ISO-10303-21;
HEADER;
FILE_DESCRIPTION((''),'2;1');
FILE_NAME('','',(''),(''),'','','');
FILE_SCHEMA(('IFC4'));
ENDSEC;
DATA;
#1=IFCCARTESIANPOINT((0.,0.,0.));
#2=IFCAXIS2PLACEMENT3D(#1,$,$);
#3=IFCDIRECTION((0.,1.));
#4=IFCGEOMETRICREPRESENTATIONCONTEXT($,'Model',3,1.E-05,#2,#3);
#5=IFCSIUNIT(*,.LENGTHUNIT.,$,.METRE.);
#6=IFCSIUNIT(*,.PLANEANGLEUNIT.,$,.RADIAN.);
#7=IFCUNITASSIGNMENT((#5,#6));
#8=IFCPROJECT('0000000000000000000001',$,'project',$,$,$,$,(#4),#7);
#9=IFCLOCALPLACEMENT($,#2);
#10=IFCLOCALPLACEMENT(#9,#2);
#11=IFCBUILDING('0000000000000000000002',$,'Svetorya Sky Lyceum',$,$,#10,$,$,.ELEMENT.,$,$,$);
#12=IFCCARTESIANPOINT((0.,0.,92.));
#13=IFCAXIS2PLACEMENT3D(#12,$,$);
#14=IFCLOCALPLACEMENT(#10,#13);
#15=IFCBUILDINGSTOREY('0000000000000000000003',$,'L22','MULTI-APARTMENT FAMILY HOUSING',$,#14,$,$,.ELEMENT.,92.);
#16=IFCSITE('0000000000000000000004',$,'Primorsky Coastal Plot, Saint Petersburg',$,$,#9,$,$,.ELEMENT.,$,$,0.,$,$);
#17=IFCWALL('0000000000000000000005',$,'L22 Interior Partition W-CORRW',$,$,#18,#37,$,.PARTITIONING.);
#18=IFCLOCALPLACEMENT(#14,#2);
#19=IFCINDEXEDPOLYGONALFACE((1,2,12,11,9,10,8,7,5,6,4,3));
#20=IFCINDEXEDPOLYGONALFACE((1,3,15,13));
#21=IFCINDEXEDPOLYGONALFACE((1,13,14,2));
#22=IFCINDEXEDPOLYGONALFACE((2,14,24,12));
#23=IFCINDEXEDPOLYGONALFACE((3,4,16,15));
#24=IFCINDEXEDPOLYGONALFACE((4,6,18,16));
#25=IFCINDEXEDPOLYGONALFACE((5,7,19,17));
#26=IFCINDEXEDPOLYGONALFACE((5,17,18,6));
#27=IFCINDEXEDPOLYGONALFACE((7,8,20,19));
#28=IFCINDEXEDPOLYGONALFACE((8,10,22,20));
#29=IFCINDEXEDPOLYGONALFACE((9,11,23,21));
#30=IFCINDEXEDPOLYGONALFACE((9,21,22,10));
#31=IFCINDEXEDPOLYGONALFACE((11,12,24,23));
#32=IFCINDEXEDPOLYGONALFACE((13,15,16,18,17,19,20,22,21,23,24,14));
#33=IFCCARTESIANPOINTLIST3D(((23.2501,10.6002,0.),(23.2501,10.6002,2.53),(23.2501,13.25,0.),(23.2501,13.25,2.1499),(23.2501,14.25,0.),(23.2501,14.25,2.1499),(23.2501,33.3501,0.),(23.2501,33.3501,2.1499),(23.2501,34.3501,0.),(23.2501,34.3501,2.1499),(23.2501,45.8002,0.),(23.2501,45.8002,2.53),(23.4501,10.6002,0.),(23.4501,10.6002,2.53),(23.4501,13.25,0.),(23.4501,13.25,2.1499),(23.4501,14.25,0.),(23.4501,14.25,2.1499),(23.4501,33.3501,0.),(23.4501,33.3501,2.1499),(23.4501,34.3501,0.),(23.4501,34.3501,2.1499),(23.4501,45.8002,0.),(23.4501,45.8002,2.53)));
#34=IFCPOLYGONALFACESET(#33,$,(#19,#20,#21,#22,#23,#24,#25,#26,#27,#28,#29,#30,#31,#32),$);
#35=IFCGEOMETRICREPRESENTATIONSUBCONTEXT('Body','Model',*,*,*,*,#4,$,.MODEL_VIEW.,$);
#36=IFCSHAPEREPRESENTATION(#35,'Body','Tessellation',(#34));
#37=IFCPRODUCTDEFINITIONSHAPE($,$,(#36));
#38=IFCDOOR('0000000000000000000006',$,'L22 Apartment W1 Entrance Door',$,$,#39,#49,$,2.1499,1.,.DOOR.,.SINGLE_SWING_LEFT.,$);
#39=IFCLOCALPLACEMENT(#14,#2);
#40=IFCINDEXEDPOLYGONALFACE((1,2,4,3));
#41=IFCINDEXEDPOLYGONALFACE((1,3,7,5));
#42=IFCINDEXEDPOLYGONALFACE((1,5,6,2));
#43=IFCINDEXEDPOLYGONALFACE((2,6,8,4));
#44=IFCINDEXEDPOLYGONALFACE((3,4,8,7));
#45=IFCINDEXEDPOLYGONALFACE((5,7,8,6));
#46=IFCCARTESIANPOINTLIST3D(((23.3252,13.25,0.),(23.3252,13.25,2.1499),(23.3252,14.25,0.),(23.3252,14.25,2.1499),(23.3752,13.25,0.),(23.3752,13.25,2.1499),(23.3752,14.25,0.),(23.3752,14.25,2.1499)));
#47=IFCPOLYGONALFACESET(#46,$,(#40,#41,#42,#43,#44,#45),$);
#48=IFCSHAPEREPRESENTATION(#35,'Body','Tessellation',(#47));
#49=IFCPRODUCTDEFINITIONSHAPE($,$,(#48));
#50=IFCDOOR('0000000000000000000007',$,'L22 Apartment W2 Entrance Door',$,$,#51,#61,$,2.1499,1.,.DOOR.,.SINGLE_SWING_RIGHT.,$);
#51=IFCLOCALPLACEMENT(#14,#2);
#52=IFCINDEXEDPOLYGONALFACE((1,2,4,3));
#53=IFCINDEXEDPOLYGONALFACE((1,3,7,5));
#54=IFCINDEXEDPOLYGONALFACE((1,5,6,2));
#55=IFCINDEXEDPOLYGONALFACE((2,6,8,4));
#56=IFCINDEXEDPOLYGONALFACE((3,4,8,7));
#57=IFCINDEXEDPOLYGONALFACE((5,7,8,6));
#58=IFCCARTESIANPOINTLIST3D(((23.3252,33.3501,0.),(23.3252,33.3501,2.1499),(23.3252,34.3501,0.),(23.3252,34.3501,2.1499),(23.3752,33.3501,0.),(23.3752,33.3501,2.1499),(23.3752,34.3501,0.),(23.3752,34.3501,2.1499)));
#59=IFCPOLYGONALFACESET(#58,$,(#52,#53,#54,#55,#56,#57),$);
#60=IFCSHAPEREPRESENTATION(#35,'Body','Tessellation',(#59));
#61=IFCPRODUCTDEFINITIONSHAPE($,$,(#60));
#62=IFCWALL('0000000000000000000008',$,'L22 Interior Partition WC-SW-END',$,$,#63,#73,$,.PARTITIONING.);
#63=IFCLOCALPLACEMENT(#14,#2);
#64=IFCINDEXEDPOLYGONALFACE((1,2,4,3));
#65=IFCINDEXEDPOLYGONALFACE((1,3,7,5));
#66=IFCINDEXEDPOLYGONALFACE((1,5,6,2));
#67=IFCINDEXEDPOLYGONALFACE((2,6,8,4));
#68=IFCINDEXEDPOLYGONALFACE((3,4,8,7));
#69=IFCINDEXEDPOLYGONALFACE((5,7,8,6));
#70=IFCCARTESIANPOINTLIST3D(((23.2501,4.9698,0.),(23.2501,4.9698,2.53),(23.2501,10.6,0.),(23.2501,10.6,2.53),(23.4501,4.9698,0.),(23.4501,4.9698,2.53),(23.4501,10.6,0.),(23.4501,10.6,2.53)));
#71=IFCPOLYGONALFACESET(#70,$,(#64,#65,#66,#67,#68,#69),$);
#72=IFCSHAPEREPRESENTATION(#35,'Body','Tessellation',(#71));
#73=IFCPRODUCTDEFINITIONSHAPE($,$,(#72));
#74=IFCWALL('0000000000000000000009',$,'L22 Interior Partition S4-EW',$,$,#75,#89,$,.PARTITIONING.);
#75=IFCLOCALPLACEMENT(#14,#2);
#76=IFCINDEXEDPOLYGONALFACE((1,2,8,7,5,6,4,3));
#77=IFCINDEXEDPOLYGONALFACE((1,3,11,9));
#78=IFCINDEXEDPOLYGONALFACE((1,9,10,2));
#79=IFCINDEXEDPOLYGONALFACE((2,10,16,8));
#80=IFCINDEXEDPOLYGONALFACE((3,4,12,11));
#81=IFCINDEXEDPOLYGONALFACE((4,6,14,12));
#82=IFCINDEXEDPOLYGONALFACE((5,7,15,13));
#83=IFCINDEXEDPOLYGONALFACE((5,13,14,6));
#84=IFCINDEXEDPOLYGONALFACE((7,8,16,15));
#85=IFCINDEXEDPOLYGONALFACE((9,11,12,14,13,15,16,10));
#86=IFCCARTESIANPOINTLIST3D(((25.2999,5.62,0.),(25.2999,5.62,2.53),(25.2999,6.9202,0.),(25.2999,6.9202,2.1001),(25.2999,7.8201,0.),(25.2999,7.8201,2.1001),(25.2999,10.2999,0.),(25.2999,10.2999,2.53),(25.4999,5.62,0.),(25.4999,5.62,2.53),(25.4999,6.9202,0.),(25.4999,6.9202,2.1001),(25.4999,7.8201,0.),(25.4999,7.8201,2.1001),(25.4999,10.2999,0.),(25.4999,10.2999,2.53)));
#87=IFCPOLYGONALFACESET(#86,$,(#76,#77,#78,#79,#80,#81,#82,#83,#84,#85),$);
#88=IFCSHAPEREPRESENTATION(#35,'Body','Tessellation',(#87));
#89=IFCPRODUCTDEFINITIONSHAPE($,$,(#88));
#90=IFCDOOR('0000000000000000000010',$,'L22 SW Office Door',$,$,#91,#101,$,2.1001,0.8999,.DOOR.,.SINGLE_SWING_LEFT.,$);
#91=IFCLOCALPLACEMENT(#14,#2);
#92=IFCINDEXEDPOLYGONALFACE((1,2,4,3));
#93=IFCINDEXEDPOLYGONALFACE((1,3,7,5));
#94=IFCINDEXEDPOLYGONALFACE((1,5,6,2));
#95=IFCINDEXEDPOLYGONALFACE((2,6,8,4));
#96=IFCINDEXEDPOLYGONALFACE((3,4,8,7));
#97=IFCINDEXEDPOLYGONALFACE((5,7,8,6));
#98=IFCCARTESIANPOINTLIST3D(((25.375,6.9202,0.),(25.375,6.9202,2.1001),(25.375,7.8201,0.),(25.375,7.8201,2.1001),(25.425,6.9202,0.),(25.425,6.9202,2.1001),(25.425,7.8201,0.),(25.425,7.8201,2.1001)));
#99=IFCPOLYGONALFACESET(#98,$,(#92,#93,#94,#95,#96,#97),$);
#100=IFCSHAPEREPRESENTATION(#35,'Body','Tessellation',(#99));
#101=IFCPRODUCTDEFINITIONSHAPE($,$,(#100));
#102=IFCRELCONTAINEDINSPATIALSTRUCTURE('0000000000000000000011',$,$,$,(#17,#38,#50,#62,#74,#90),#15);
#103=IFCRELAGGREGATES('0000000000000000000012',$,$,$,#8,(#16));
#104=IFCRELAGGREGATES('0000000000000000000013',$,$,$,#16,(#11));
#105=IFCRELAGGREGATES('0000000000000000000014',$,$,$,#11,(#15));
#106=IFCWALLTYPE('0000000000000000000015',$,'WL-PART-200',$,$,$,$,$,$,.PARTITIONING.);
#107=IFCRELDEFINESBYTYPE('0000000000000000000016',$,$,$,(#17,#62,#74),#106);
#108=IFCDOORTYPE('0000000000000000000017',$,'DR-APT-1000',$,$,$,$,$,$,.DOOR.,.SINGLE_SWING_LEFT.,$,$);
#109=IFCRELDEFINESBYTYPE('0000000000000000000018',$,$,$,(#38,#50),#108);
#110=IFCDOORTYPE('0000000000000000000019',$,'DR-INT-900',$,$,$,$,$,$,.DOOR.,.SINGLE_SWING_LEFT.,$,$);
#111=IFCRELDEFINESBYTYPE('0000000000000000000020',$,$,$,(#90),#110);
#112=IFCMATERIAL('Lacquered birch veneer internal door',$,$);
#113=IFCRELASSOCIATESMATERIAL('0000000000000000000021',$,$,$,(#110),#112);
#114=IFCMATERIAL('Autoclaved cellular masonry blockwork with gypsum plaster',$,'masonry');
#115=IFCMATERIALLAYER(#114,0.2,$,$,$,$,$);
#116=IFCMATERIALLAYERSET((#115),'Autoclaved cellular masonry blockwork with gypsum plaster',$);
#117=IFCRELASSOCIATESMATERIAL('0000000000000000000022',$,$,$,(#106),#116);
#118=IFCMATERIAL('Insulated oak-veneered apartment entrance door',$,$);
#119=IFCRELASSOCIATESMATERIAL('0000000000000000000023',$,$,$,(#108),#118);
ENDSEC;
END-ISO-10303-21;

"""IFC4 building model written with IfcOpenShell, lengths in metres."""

from ifc_helpers import new_model, si_unit, direction, frame, frame_2d, origin, place, context, subcontext, project, spatial, rectangle, extrude, material, layer, layer_set, type_object, element, fill, save


model = new_model("IFC4")

# Units and contexts
model_context = context("Model", 3, precision=1e-05, world=origin(), true_north=direction((0.0, 1.0)))
body_context = subcontext(model_context, "Body", "Model", "MODEL_VIEW")
ifc_project = project(units=[si_unit("LENGTHUNIT", "METRE"), si_unit("PLANEANGLEUNIT", "RADIAN")], contexts=[model_context])

# Site, building, storey
site_placement = place(None, origin())
site = spatial("IfcSite", under=ifc_project, at=site_placement, Name="Primorsky Coastal Plot, Saint Petersburg", CompositionType="ELEMENT", RefElevation=0.0)
building_placement = place(site_placement, origin())
building = spatial("IfcBuilding", under=site, at=building_placement, Name="Svetorya Sky Lyceum", CompositionType="ELEMENT")
storey_placement = place(building_placement, frame((0.0, 0.0, 92.0)))
storey = spatial("IfcBuildingStorey", under=building, at=storey_placement, Name="L22", Description="MULTI-APARTMENT FAMILY HOUSING", CompositionType="ELEMENT", Elevation=92.0)

# Shared definitions
ifc_material_1 = material(Name="Lacquered birch veneer internal door")
door_type_1 = type_object("IfcDoorType", Name="DR-INT-900", OperationType="SINGLE_SWING_LEFT", PredefinedType="DOOR", material=ifc_material_1)

# Shared definitions
ifc_material_2 = material(Name="Autoclaved cellular masonry blockwork with gypsum plaster", Category="masonry")
ifc_layer_1 = layer(ifc_material_2, 0.2)
ifc_layer_set_1 = layer_set([ifc_layer_1], Name="Autoclaved cellular masonry blockwork with gypsum plaster")
wall_type_1 = type_object("IfcWallType", Name="WL-PART-200", PredefinedType="PARTITIONING", material=ifc_layer_set_1)

# Wall, openings, doors
wall_1_placement = place(storey_placement, frame((23.3501, 10.6001, 0.0), z_axis=(0.0, 0.0, 1.0), x_axis=(0.0, 1.0, 0.0)))
wall_1 = element("IfcWall", 1, at=wall_1_placement, inside=storey, type_object=wall_type_1, Name="L22 Interior Partition W-CORRW", PredefinedType="PARTITIONING", context=body_context, shape_type="SweptSolid", body=[
    extrude(rectangle(XDim=35.2, YDim=0.2, at=frame_2d((17.6001, 0.0))), origin(), (0.0, 0.0, 1.0), 2.53),
])
opening_1_placement = place(wall_1_placement, frame((2.6499, 0.0, 0.0)))
opening_1 = element("IfcOpeningElement", 2, at=opening_1_placement, cuts=wall_1, PredefinedType="OPENING", context=body_context, shape_type="SweptSolid", body=[
    extrude(rectangle(XDim=1.0, YDim=2.1499, at=frame_2d((0.5, 1.075))), frame((0.0, 0.1099, 0.0), z_axis=(0.0, -1.0, 0.0), x_axis=(1.0, 0.0, 0.0)), (0.0, 0.0, 1.0), 0.22),
])
opening_2_placement = place(wall_1_placement, frame((22.75, 0.0, 0.0)))
opening_2 = element("IfcOpeningElement", 3, at=opening_2_placement, cuts=wall_1, PredefinedType="OPENING", context=body_context, shape_type="SweptSolid", body=[
    extrude(rectangle(XDim=1.0, YDim=2.1499, at=frame_2d((0.5, 1.075))), frame((0.0, 0.1099, 0.0), z_axis=(0.0, -1.0, 0.0), x_axis=(1.0, 0.0, 0.0)), (0.0, 0.0, 1.0), 0.22),
])
ifc_material_3 = material(Name="Insulated oak-veneered apartment entrance door")
door_type_2 = type_object("IfcDoorType", Name="DR-APT-1000", OperationType="SINGLE_SWING_LEFT", PredefinedType="DOOR", material=ifc_material_3)
door_1_placement = place(opening_1_placement, origin())
door_1 = element("IfcDoor", 4, at=door_1_placement, inside=storey, type_object=door_type_2, Name="L22 Apartment W1 Entrance Door", OperationType="SINGLE_SWING_LEFT", OverallHeight=2.1499, OverallWidth=1.0, PredefinedType="DOOR", context=body_context, shape_type="SweptSolid", body=[
    extrude(rectangle(XDim=1.0, YDim=2.1499, at=frame_2d((0.5, 1.075))), frame((0.0, 0.0249, 0.0), z_axis=(0.0, -1.0, 0.0), x_axis=(1.0, 0.0, 0.0)), (0.0, 0.0, 1.0), 0.05),
])
fill(opening_1, door_1)
door_2_placement = place(opening_2_placement, origin())
door_2 = element("IfcDoor", 5, at=door_2_placement, inside=storey, type_object=door_type_2, Name="L22 Apartment W2 Entrance Door", OperationType="SINGLE_SWING_RIGHT", OverallHeight=2.1499, OverallWidth=1.0, PredefinedType="DOOR", context=body_context, shape_type="SweptSolid", body=[
    extrude(rectangle(XDim=1.0, YDim=2.1499, at=frame_2d((0.5, 1.075))), frame((0.0, 0.0249, 0.0), z_axis=(0.0, -1.0, 0.0), x_axis=(1.0, 0.0, 0.0)), (0.0, 0.0, 1.0), 0.05),
])
fill(opening_2, door_2)

# Wall
wall_2_placement = place(storey_placement, frame((23.3501, 4.97, 0.0), z_axis=(0.0, 0.0, 1.0), x_axis=(0.0, 1.0, 0.0)))
element("IfcWall", 6, at=wall_2_placement, inside=storey, type_object=wall_type_1, Name="L22 Interior Partition WC-SW-END", PredefinedType="PARTITIONING", context=body_context, shape_type="SweptSolid", body=[
    extrude(rectangle(XDim=5.6301, YDim=0.2, at=frame_2d((2.8149, 0.0))), origin(), (0.0, 0.0, 1.0), 2.53),
])

# Wall, opening, door
wall_3_placement = place(storey_placement, frame((25.3999, 5.6201, 0.0), z_axis=(0.0, 0.0, 1.0), x_axis=(0.0, 1.0, 0.0)))
wall_3 = element("IfcWall", 7, at=wall_3_placement, inside=storey, type_object=wall_type_1, Name="L22 Interior Partition S4-EW", PredefinedType="PARTITIONING", context=body_context, shape_type="SweptSolid", body=[
    extrude(rectangle(XDim=4.6799, YDim=0.2, at=frame_2d((2.3398, 0.0))), origin(), (0.0, 0.0, 1.0), 2.53),
])
opening_3_placement = place(wall_3_placement, frame((1.3, 0.0, 0.0)))
opening_3 = element("IfcOpeningElement", 8, at=opening_3_placement, cuts=wall_3, PredefinedType="OPENING", context=body_context, shape_type="SweptSolid", body=[
    extrude(rectangle(XDim=0.8999, YDim=2.1001, at=frame_2d((0.45, 1.05))), frame((0.0, 0.1099, 0.0), z_axis=(0.0, -1.0, 0.0), x_axis=(1.0, 0.0, 0.0)), (0.0, 0.0, 1.0), 0.22),
])
door_3_placement = place(opening_3_placement, origin())
door_3 = element("IfcDoor", 9, at=door_3_placement, inside=storey, type_object=door_type_1, Name="L22 SW Office Door", OperationType="SINGLE_SWING_LEFT", OverallHeight=2.1001, OverallWidth=0.8999, PredefinedType="DOOR", context=body_context, shape_type="SweptSolid", body=[
    extrude(rectangle(XDim=0.8999, YDim=2.1001, at=frame_2d((0.45, 1.05))), frame((0.0, 0.0249, 0.0), z_axis=(0.0, -1.0, 0.0), x_axis=(1.0, 0.0, 0.0)), (0.0, 0.0, 1.0), 0.05),
])
fill(opening_3, door_3)

save(model, "model.ifc")
